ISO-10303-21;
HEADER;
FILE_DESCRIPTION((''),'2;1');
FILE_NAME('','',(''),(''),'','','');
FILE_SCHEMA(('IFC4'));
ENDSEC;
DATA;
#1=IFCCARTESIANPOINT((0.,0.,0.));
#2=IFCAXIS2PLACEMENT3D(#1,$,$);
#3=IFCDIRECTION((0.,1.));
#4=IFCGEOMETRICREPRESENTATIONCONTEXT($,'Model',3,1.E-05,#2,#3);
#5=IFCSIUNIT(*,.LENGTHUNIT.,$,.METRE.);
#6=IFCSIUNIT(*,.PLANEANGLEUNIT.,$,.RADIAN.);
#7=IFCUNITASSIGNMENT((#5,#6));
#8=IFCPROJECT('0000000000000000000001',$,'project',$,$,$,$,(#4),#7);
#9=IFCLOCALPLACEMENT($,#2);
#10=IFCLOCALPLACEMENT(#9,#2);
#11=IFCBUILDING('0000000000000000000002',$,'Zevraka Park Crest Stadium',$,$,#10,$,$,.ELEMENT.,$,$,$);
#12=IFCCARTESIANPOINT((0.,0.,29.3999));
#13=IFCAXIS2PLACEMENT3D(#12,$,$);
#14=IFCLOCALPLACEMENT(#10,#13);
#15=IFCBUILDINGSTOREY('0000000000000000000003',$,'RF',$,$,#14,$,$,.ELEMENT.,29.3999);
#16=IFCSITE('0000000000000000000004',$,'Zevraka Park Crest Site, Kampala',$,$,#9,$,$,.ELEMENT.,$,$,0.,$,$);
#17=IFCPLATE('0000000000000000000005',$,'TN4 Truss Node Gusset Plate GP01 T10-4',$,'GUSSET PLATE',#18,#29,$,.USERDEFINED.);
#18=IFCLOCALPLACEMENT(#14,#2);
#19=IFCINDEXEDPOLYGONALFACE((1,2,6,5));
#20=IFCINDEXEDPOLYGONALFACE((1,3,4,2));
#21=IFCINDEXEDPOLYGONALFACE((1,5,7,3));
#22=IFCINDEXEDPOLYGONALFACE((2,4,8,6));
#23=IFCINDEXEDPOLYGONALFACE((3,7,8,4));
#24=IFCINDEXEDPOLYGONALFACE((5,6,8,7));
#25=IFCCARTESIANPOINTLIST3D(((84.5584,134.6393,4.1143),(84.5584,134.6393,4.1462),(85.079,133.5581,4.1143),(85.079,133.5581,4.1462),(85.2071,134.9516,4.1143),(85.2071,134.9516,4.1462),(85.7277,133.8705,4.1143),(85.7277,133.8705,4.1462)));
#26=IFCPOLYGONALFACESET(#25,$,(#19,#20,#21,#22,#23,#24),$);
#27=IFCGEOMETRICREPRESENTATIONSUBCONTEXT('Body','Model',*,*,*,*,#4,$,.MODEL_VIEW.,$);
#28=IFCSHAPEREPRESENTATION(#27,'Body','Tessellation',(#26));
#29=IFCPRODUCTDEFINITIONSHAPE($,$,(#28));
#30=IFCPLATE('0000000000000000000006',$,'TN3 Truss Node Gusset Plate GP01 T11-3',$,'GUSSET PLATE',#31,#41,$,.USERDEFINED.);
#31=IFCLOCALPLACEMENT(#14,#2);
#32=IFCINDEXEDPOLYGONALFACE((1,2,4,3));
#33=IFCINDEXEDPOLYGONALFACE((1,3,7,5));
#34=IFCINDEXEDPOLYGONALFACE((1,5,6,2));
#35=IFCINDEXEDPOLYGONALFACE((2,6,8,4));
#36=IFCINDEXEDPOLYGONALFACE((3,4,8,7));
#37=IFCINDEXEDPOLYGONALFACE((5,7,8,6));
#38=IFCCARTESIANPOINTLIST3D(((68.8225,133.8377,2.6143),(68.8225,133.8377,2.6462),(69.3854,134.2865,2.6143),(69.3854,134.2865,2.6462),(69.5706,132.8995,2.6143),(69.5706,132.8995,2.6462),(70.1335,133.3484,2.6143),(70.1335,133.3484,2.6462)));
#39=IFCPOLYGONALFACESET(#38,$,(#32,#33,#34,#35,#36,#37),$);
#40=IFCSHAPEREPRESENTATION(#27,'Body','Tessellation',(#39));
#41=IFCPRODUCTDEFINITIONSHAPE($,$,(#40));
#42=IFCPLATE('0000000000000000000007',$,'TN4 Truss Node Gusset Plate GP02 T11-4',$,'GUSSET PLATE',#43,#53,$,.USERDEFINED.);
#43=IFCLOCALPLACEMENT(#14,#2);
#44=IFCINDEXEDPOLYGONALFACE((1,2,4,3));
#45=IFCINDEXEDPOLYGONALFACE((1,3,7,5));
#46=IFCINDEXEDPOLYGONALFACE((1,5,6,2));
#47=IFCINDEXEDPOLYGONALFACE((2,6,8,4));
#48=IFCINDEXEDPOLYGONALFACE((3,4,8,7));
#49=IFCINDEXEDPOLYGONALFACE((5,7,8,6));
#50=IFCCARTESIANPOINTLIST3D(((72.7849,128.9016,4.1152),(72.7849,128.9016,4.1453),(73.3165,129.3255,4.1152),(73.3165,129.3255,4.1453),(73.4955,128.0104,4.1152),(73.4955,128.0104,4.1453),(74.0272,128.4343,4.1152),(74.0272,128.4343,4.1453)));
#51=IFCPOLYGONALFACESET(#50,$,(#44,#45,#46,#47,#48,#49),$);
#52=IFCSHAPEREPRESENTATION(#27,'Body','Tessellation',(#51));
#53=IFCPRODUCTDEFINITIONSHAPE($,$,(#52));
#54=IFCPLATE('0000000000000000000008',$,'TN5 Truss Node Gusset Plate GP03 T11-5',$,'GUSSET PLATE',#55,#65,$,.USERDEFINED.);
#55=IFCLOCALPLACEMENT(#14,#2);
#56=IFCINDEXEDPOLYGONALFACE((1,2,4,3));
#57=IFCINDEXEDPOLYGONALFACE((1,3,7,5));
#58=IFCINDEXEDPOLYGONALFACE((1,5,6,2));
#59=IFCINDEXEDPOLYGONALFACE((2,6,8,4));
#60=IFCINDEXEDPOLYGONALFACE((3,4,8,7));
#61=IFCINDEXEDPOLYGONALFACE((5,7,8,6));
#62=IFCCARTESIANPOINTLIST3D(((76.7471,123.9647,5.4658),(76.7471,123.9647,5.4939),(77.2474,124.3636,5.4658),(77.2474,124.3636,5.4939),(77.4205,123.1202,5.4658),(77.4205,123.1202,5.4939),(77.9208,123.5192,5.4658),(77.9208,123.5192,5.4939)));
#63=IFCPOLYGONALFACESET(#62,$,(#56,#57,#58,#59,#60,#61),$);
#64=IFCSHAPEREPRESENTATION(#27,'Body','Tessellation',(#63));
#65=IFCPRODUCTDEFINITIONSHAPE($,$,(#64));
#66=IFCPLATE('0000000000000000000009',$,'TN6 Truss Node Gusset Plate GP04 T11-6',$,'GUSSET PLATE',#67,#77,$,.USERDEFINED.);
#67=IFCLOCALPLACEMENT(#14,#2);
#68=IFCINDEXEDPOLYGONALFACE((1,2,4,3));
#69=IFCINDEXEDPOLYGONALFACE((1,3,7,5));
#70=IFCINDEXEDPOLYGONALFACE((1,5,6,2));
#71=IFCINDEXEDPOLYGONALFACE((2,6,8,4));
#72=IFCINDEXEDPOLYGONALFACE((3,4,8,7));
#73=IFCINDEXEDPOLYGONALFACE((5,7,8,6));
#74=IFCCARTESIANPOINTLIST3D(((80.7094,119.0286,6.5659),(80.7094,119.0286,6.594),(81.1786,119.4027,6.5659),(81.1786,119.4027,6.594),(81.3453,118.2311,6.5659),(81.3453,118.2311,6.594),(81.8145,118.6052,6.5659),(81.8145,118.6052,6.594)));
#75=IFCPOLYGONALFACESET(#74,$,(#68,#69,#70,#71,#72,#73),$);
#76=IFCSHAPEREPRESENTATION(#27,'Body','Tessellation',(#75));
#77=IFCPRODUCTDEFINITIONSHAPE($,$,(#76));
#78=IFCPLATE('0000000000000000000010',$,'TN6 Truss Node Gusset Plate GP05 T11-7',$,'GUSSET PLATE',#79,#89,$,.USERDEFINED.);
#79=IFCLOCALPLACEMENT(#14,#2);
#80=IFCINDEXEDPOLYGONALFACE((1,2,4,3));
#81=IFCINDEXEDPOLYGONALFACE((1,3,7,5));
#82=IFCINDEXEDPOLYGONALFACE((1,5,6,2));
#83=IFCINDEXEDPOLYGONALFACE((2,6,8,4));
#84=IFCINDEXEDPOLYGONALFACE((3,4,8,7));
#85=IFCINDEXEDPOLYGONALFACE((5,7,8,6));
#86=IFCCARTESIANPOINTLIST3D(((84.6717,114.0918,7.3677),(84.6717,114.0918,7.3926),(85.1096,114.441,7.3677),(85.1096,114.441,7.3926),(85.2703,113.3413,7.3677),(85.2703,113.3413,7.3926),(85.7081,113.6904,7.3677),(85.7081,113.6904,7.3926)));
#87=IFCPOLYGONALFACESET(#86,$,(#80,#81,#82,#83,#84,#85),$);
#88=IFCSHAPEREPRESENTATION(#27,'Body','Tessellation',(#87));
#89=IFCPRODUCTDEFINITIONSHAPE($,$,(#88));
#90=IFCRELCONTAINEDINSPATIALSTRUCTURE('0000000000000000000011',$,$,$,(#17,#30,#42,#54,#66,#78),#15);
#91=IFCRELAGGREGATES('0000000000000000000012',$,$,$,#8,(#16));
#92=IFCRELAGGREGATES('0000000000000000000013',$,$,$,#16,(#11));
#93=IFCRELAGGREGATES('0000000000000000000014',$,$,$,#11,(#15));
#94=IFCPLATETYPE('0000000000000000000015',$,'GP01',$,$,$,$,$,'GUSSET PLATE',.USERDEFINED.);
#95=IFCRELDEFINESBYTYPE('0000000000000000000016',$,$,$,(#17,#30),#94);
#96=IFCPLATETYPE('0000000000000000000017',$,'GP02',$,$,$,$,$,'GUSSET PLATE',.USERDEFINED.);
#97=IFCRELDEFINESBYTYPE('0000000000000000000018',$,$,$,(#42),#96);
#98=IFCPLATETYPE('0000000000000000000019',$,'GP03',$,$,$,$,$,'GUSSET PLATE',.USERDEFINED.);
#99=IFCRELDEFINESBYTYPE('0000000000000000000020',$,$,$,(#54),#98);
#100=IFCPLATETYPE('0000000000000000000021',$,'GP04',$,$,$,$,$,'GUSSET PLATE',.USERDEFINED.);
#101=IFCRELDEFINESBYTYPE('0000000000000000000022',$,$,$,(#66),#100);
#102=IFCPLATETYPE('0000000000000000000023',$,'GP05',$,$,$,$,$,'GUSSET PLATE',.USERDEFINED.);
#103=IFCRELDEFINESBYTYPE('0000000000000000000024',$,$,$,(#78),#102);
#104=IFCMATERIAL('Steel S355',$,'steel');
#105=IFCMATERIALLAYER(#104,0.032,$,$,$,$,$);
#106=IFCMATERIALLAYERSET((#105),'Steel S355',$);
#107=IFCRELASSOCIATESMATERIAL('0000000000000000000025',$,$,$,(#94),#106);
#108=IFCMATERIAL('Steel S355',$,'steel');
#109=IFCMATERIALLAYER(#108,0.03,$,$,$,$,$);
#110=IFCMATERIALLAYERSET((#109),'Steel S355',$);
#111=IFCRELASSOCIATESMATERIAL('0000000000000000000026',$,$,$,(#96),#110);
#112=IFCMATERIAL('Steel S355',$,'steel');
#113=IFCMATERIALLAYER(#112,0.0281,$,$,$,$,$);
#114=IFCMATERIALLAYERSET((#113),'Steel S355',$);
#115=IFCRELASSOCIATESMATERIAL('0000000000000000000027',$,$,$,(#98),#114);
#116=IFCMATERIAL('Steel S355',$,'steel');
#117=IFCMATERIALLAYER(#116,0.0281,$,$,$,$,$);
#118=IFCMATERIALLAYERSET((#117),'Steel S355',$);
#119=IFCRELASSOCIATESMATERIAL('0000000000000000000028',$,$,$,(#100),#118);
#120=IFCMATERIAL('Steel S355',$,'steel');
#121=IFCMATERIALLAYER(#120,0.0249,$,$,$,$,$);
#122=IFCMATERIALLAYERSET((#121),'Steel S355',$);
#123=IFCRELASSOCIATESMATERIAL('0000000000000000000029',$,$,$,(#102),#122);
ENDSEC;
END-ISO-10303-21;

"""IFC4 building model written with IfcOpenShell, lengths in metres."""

from ifc_helpers import new_model, si_unit, direction, frame, origin, origin_2d, place, context, subcontext, project, spatial, rectangle, extrude, material, layer, layer_set, type_object, element, save


model = new_model("IFC4")

# Units and contexts
model_context = context("Model", 3, precision=1e-05, world=origin(), true_north=direction((0.0, 1.0)))
body_context = subcontext(model_context, "Body", "Model", "MODEL_VIEW")
ifc_project = project(units=[si_unit("LENGTHUNIT", "METRE"), si_unit("PLANEANGLEUNIT", "RADIAN")], contexts=[model_context])

# Site, building, storey
site_placement = place(None, origin())
site = spatial("IfcSite", under=ifc_project, at=site_placement, Name="Zevraka Park Crest Site, Kampala", CompositionType="ELEMENT", RefElevation=0.0)
building_placement = place(site_placement, origin())
building = spatial("IfcBuilding", under=site, at=building_placement, Name="Zevraka Park Crest Stadium", CompositionType="ELEMENT")
storey_placement = place(building_placement, frame((0.0, 0.0, 29.3999)))
storey = spatial("IfcBuildingStorey", under=building, at=storey_placement, Name="RF", CompositionType="ELEMENT", Elevation=29.3999)

# Plates
ifc_material_1 = material(Name="Steel S355", Category="steel")
ifc_layer_1 = layer(ifc_material_1, 0.032)
ifc_layer_set_1 = layer_set([ifc_layer_1], Name="Steel S355")
plate_type_1 = type_object("IfcPlateType", Name="GP01", ElementType="GUSSET PLATE", PredefinedType="USERDEFINED", material=ifc_layer_set_1)
for number, where, z_axis, x_axis, name in (
    (1, (85.1431, 134.2549, 4.1143), (0.0, 0.0, 1.0), (-0.433816, 0.901001, 0.0), "TN4 Truss Node Gusset Plate GP01 T10-4"),
    (2, (69.478, 133.593, 2.6143), (0.0, 0.0, 1.0), (-0.62347, 0.781847, 0.0), "TN3 Truss Node Gusset Plate GP01 T11-3"),
):
    element("IfcPlate", number, at=place(storey_placement, frame(where, z_axis=z_axis, x_axis=x_axis)), inside=storey, type_object=plate_type_1, Name=name, ObjectType="GUSSET PLATE", PredefinedType="USERDEFINED", context=body_context, shape_type="SweptSolid", body=[
        extrude(rectangle(XDim=1.2, YDim=0.72, at=origin_2d()), origin(), (0.0, 0.0, 1.0), 0.032),
    ])
ifc_material_2 = material(Name="Steel S355", Category="steel")
ifc_layer_2 = layer(ifc_material_2, 0.03)
ifc_layer_set_2 = layer_set([ifc_layer_2], Name="Steel S355")
plate_type_2 = type_object("IfcPlateType", Name="GP02", ElementType="GUSSET PLATE", PredefinedType="USERDEFINED", material=ifc_layer_set_2)
plate_1_placement = place(storey_placement, frame((73.406, 128.668, 4.1152), z_axis=(0.0, 0.0, 1.0), x_axis=(-0.62347, 0.781847, 0.0)))
element("IfcPlate", 3, at=plate_1_placement, inside=storey, type_object=plate_type_2, Name="TN4 Truss Node Gusset Plate GP02 T11-4", ObjectType="GUSSET PLATE", PredefinedType="USERDEFINED", context=body_context, shape_type="SweptSolid", body=[
    extrude(rectangle(XDim=1.1399, YDim=0.6799, at=origin_2d()), origin(), (0.0, 0.0, 1.0), 0.03),
])
ifc_material_3 = material(Name="Steel S355", Category="steel")
ifc_layer_3 = layer(ifc_material_3, 0.0281)
ifc_layer_set_3 = layer_set([ifc_layer_3], Name="Steel S355")
plate_type_3 = type_object("IfcPlateType", Name="GP03", ElementType="GUSSET PLATE", PredefinedType="USERDEFINED", material=ifc_layer_set_3)
plate_2_placement = place(storey_placement, frame((77.334, 123.7419, 5.4658), z_axis=(0.0, 0.0, 1.0), x_axis=(-0.62347, 0.781847, 0.0)))
element("IfcPlate", 4, at=plate_2_placement, inside=storey, type_object=plate_type_3, Name="TN5 Truss Node Gusset Plate GP03 T11-5", ObjectType="GUSSET PLATE", PredefinedType="USERDEFINED", context=body_context, shape_type="SweptSolid", body=[
    extrude(rectangle(XDim=1.0801, YDim=0.6399, at=origin_2d()), origin(), (0.0, 0.0, 1.0), 0.0281),
])
ifc_material_4 = material(Name="Steel S355", Category="steel")
ifc_layer_4 = layer(ifc_material_4, 0.0281)
ifc_layer_set_4 = layer_set([ifc_layer_4], Name="Steel S355")
plate_type_4 = type_object("IfcPlateType", Name="GP04", ElementType="GUSSET PLATE", PredefinedType="USERDEFINED", material=ifc_layer_set_4)
plate_3_placement = place(storey_placement, frame((81.262, 118.8169, 6.5659), z_axis=(0.0, 0.0, 1.0), x_axis=(-0.62347, 0.781847, 0.0)))
element("IfcPlate", 5, at=plate_3_placement, inside=storey, type_object=plate_type_4, Name="TN6 Truss Node Gusset Plate GP04 T11-6", ObjectType="GUSSET PLATE", PredefinedType="USERDEFINED", context=body_context, shape_type="SweptSolid", body=[
    extrude(rectangle(XDim=1.02, YDim=0.6001, at=origin_2d()), origin(), (0.0, 0.0, 1.0), 0.0281),
])
ifc_material_5 = material(Name="Steel S355", Category="steel")
ifc_layer_5 = layer(ifc_material_5, 0.0249)
ifc_layer_set_5 = layer_set([ifc_layer_5], Name="Steel S355")
plate_type_5 = type_object("IfcPlateType", Name="GP05", ElementType="GUSSET PLATE", PredefinedType="USERDEFINED", material=ifc_layer_set_5)
plate_4_placement = place(storey_placement, frame((85.1899, 113.8911, 7.3677), z_axis=(0.0, 0.0, 1.0), x_axis=(-0.62347, 0.781847, 0.0)))
element("IfcPlate", 6, at=plate_4_placement, inside=storey, type_object=plate_type_5, Name="TN6 Truss Node Gusset Plate GP05 T11-7", ObjectType="GUSSET PLATE", PredefinedType="USERDEFINED", context=body_context, shape_type="SweptSolid", body=[
    extrude(rectangle(XDim=0.96, YDim=0.5601, at=origin_2d()), origin(), (0.0, 0.0, 1.0), 0.0249),
])

save(model, "model.ifc")
